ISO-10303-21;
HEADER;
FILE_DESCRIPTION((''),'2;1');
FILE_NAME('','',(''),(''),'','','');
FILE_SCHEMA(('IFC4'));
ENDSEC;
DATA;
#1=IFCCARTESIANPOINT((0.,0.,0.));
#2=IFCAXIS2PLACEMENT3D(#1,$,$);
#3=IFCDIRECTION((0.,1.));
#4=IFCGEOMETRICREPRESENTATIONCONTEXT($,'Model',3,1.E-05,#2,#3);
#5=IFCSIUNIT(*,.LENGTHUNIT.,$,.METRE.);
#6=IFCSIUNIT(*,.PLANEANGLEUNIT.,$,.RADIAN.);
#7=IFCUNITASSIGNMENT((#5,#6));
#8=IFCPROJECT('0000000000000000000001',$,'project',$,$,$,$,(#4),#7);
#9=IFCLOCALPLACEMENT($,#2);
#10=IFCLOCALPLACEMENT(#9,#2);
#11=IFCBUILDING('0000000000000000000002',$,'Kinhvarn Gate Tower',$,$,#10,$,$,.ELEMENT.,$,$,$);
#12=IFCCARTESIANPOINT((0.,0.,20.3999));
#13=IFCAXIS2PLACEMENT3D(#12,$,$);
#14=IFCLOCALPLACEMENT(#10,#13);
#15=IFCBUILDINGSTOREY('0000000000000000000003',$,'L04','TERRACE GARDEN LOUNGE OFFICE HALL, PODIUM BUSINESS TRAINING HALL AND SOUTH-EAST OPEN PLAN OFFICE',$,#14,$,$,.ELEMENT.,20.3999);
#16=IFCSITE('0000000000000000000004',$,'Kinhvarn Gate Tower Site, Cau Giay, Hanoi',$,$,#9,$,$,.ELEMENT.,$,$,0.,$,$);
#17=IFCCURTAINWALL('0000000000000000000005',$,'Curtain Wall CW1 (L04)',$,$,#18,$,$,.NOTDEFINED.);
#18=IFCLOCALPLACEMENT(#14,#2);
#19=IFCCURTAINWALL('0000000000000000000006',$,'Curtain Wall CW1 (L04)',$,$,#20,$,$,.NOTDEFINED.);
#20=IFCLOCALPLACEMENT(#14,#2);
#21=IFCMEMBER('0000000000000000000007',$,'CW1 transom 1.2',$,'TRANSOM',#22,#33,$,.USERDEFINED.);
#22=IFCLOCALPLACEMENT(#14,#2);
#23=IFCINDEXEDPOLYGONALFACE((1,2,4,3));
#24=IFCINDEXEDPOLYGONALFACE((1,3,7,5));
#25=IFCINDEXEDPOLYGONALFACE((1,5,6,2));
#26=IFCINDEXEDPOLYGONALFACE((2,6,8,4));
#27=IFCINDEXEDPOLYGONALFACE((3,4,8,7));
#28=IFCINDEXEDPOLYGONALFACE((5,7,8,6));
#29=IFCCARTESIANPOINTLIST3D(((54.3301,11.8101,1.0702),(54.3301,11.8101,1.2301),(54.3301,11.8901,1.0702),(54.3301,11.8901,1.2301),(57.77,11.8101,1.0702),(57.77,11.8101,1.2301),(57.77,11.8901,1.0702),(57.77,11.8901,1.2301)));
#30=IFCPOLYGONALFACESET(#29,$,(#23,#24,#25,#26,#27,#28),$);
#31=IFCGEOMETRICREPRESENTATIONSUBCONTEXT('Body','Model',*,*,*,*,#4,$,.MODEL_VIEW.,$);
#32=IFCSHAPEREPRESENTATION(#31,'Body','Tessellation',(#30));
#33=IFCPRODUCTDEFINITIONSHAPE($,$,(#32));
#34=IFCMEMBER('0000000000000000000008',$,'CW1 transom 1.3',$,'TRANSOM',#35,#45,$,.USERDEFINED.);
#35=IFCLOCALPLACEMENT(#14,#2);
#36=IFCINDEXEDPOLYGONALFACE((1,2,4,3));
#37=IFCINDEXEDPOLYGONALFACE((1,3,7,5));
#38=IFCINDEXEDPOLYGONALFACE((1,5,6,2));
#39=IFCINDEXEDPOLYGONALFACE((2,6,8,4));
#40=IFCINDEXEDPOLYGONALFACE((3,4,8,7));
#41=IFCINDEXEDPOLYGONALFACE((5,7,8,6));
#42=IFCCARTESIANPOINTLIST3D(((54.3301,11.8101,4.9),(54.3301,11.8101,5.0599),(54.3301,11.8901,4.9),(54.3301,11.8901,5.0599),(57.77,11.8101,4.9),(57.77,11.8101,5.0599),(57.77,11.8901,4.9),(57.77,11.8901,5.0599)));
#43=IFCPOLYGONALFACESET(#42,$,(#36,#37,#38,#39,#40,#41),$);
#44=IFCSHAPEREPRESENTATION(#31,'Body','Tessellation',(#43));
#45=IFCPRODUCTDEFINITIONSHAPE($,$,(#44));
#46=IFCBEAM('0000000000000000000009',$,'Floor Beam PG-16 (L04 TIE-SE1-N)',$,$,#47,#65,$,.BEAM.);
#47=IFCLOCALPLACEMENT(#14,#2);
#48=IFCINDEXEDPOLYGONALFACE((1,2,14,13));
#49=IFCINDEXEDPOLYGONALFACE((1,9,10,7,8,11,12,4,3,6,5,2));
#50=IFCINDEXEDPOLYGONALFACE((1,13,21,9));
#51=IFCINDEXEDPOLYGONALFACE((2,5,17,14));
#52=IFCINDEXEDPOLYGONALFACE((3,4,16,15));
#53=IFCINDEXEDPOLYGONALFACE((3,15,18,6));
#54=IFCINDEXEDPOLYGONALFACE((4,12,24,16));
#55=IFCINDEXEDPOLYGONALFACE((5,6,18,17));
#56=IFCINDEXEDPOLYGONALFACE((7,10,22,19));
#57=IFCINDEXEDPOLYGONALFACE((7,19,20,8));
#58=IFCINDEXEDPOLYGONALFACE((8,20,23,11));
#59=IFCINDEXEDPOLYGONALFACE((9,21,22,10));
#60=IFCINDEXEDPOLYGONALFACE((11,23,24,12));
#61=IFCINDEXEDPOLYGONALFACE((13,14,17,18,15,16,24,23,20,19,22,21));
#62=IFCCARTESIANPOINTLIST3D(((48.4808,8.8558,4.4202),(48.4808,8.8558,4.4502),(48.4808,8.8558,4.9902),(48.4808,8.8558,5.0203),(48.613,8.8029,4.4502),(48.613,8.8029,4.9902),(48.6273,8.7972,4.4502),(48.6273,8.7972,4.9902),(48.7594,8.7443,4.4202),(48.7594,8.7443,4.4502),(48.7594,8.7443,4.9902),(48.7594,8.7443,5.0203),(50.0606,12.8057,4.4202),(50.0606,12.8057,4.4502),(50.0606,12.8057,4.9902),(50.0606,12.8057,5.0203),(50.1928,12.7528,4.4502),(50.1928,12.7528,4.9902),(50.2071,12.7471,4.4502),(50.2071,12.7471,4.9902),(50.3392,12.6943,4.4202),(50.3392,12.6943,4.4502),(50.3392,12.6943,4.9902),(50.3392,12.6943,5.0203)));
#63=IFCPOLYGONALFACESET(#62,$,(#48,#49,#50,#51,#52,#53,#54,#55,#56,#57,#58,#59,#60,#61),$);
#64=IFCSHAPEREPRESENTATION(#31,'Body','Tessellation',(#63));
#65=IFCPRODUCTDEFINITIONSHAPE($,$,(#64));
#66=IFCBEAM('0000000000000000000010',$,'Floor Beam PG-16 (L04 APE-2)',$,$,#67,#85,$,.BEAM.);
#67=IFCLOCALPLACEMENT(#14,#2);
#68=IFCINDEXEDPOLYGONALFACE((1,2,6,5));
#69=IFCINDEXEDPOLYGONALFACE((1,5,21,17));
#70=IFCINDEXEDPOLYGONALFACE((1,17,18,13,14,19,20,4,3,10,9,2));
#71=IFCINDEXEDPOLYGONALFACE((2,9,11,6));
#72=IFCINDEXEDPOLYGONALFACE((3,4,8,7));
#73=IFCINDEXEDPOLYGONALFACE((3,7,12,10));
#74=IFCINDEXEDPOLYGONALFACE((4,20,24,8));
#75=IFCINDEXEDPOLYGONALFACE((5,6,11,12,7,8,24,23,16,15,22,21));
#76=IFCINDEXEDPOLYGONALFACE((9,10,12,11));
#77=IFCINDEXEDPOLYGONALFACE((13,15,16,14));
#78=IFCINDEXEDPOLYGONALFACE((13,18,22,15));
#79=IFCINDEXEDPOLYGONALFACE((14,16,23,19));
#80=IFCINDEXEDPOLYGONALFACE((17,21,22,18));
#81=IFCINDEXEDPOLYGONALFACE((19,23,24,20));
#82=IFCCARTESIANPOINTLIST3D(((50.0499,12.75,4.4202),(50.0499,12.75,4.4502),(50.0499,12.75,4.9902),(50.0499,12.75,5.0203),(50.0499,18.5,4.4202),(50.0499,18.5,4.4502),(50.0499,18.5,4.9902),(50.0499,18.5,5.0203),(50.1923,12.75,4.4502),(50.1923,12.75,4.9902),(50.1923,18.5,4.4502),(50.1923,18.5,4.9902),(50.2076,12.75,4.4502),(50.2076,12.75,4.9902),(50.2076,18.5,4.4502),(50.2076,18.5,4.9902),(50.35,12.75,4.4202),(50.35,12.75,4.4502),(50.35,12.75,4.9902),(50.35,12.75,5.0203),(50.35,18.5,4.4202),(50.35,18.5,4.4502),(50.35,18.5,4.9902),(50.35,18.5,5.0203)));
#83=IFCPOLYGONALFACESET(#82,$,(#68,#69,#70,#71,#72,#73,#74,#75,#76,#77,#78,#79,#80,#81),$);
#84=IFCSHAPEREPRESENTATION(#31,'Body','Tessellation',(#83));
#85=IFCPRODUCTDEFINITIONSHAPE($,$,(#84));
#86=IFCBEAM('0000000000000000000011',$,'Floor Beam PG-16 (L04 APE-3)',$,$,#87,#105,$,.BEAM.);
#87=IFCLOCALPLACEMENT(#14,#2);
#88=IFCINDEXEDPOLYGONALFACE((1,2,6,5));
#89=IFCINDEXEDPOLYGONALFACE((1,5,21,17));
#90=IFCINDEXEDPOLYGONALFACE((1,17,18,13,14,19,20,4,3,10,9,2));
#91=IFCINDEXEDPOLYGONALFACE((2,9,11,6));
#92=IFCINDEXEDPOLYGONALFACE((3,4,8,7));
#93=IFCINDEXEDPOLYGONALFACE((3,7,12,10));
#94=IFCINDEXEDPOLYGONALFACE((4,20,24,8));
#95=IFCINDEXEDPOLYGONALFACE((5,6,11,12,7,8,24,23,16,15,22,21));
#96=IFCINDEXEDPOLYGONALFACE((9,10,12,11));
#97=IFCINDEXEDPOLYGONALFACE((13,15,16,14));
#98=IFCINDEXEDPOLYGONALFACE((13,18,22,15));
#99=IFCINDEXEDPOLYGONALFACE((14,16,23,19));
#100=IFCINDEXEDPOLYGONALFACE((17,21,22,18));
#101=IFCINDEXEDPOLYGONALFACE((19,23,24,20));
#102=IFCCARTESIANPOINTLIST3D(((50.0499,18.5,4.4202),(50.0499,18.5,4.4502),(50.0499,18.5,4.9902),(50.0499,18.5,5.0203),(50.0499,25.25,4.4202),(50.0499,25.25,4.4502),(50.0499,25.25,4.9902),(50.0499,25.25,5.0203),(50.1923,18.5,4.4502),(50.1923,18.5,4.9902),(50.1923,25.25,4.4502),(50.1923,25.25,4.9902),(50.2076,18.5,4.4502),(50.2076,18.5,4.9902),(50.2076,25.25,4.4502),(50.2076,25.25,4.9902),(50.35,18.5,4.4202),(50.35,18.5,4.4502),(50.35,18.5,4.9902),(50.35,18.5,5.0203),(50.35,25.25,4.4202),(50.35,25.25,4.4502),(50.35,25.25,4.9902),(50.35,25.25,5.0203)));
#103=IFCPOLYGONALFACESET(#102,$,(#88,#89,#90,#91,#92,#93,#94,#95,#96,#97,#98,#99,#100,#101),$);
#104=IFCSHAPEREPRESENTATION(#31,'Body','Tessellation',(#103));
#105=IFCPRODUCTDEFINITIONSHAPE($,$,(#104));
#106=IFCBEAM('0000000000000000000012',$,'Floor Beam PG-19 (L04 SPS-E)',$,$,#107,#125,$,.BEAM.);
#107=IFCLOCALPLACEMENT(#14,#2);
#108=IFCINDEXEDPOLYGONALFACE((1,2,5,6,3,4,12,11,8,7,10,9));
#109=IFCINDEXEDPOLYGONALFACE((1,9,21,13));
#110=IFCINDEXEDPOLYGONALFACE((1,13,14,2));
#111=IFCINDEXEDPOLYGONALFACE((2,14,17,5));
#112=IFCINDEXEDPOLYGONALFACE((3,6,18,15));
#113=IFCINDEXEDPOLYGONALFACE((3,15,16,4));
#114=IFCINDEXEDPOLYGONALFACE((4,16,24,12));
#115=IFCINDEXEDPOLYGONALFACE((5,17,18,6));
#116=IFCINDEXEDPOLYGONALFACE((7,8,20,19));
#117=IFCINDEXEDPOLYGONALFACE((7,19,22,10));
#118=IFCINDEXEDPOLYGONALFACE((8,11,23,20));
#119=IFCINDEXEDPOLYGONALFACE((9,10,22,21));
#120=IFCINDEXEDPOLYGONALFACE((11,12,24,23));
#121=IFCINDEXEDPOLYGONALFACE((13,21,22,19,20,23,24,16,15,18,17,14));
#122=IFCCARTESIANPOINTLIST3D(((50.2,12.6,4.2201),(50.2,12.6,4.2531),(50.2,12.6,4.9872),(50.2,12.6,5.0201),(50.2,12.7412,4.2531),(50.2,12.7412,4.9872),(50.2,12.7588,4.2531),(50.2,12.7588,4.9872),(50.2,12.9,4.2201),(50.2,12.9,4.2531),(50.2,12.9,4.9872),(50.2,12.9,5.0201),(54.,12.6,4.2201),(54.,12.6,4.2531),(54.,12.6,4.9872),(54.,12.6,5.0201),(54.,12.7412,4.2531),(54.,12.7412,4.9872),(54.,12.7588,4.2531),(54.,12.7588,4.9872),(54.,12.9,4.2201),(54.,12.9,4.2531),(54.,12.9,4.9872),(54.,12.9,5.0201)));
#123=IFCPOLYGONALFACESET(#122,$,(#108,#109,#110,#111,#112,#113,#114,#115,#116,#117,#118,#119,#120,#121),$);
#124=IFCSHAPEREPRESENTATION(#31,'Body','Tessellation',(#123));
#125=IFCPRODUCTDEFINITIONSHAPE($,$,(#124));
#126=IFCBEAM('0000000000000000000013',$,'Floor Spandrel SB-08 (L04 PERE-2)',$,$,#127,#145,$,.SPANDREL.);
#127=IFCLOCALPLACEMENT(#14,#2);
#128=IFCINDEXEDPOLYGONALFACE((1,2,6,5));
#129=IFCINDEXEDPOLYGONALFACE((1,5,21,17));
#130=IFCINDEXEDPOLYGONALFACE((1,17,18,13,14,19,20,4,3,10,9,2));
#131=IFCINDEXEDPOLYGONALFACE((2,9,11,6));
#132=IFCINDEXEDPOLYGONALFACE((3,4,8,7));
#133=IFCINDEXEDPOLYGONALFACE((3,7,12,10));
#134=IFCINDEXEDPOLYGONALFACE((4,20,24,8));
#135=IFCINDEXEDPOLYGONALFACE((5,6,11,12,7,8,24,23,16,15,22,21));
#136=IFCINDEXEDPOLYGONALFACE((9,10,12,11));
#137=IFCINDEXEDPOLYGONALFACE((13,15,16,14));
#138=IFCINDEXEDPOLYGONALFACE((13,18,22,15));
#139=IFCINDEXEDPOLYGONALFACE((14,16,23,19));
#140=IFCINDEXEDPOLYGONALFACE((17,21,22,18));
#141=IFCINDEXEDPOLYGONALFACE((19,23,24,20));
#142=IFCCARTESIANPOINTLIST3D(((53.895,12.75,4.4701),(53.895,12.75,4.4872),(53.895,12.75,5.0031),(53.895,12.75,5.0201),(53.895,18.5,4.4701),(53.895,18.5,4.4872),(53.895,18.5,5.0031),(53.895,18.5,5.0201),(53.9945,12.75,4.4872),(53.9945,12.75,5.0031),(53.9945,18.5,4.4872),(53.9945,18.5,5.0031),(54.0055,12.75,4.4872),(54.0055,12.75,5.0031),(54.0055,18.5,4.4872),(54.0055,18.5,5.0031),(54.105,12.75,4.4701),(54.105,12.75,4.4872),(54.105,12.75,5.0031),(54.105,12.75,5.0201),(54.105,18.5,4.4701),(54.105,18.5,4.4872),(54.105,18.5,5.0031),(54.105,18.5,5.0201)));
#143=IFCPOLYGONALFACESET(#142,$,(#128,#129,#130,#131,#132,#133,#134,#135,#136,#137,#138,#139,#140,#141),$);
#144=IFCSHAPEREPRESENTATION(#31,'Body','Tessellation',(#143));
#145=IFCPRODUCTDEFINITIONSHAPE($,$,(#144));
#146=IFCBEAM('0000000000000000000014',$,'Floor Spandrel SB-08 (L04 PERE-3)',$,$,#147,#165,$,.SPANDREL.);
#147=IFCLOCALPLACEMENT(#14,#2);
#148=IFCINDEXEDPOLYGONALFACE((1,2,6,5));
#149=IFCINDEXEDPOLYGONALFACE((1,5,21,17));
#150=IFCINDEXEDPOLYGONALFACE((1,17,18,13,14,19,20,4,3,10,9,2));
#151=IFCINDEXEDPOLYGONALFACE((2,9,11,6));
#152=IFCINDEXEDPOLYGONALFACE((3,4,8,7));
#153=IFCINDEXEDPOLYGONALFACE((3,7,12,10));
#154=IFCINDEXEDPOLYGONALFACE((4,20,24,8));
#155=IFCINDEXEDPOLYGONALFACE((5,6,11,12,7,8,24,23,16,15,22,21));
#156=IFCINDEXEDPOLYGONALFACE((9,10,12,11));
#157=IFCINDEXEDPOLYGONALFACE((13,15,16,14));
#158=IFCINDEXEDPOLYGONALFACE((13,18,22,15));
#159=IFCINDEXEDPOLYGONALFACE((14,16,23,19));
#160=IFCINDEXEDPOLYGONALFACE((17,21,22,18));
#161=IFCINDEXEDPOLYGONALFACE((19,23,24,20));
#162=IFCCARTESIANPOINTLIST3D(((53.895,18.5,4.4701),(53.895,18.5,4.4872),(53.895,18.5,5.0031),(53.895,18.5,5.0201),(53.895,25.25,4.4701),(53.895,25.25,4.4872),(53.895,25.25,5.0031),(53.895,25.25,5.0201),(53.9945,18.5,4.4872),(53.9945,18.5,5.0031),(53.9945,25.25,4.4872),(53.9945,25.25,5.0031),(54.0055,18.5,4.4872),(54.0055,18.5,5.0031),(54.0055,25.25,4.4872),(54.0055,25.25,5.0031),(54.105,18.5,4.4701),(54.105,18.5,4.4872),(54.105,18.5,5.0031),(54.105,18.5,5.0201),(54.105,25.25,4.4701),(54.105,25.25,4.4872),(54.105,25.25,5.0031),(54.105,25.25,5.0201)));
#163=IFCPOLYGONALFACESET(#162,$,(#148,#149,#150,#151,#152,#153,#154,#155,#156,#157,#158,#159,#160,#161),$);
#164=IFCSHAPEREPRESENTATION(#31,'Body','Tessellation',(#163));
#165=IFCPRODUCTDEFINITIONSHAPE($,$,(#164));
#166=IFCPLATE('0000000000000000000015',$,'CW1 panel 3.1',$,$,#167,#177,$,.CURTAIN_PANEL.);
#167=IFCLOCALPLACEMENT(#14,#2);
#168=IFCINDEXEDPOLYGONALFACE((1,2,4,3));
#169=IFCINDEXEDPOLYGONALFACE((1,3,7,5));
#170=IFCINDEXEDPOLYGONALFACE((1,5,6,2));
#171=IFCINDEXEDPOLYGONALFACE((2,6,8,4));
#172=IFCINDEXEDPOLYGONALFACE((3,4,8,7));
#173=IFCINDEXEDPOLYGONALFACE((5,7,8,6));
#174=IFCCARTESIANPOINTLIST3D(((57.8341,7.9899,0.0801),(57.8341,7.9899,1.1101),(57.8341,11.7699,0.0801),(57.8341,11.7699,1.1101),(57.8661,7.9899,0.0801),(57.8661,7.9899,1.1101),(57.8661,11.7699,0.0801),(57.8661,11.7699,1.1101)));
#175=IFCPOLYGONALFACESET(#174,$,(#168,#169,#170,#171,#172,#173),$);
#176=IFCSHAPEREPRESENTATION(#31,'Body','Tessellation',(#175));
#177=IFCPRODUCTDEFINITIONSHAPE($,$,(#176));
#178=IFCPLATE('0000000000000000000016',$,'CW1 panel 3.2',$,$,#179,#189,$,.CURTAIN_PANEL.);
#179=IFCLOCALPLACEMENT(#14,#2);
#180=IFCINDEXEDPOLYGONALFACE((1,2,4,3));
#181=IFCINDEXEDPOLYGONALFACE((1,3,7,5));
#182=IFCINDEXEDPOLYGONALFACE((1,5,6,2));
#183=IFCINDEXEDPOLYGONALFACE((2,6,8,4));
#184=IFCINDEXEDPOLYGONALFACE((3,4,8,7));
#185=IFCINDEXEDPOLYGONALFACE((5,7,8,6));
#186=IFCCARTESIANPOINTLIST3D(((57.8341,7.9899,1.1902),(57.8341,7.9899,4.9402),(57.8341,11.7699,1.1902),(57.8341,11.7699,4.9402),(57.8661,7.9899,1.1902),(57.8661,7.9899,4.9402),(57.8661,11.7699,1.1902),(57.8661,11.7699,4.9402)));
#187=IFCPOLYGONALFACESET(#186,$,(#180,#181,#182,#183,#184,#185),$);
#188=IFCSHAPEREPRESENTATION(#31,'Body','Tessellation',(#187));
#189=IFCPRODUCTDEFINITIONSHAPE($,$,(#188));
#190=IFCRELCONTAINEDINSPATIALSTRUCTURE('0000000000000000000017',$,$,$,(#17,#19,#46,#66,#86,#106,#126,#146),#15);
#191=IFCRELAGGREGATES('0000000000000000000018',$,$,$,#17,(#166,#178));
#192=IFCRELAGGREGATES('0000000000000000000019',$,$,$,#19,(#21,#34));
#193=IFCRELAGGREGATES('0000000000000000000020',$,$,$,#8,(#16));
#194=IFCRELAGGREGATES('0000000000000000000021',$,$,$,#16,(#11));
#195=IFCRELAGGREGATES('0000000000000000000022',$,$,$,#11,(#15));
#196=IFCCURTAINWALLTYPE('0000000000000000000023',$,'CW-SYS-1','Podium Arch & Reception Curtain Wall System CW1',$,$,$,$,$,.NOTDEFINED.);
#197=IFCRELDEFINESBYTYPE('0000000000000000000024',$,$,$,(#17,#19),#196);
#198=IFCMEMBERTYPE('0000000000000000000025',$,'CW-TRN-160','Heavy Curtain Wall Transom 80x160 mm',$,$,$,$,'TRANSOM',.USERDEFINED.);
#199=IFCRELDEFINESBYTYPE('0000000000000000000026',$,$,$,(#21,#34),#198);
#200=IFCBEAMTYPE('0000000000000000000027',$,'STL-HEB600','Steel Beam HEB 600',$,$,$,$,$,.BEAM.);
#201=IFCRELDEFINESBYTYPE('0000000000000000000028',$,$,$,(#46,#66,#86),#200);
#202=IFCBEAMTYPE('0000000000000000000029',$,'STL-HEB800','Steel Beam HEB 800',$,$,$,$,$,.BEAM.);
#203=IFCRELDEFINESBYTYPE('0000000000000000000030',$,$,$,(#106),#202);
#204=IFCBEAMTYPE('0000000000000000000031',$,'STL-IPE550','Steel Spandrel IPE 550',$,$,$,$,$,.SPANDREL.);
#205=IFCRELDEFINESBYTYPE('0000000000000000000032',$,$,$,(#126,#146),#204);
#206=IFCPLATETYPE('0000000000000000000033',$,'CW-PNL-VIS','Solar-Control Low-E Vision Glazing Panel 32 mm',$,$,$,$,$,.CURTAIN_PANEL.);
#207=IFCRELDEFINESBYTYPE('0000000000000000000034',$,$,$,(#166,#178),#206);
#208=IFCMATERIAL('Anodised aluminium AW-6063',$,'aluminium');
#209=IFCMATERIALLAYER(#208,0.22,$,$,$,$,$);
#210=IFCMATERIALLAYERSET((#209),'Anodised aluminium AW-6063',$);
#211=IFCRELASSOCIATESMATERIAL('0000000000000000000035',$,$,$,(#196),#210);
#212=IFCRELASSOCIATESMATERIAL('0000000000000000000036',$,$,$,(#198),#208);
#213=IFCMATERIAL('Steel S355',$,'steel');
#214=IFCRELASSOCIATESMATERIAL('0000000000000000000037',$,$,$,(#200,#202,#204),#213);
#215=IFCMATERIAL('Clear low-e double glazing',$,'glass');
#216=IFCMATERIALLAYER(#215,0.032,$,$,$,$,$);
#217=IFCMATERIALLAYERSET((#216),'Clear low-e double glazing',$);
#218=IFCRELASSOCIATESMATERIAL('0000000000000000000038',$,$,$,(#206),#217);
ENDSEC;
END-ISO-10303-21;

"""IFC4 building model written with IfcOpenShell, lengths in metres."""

from ifc_helpers import new_model, si_unit, direction, frame, origin, origin_2d, place, context, subcontext, project, spatial, rectangle, i_section, extrude, material, layer, layer_set, material_profile, profile_set, type_object, element, aggregate, save


model = new_model("IFC4")

# Units and contexts
model_context = context("Model", 3, precision=1e-05, world=origin(), true_north=direction((0.0, 1.0)))
body_context = subcontext(model_context, "Body", "Model", "MODEL_VIEW")
ifc_project = project(units=[si_unit("LENGTHUNIT", "METRE"), si_unit("PLANEANGLEUNIT", "RADIAN")], contexts=[model_context])

# Site, building, storey
site_placement = place(None, origin())
site = spatial("IfcSite", under=ifc_project, at=site_placement, Name="Kinhvarn Gate Tower Site, Cau Giay, Hanoi", CompositionType="ELEMENT", RefElevation=0.0)
building_placement = place(site_placement, origin())
building = spatial("IfcBuilding", under=site, at=building_placement, Name="Kinhvarn Gate Tower", CompositionType="ELEMENT")
storey_placement = place(building_placement, frame((0.0, 0.0, 20.3999)))
storey = spatial("IfcBuildingStorey", under=building, at=storey_placement, Name="L04", Description="TERRACE GARDEN LOUNGE OFFICE HALL, PODIUM BUSINESS TRAINING HALL AND SOUTH-EAST OPEN PLAN OFFICE", CompositionType="ELEMENT", Elevation=20.3999)

# Curtain walls
ifc_material_1 = material(Name="Anodised aluminium AW-6063", Category="aluminium")
ifc_layer_1 = layer(ifc_material_1, 0.22)
ifc_layer_set_1 = layer_set([ifc_layer_1], Name="Anodised aluminium AW-6063")
curtain_wall_type = type_object("IfcCurtainWallType", Name="CW-SYS-1", Description="Podium Arch & Reception Curtain Wall System CW1", PredefinedType="NOTDEFINED", material=ifc_layer_set_1)
curtain_wall_1_placement = place(storey_placement, origin())
curtain_wall_1 = element("IfcCurtainWall", 1, at=curtain_wall_1_placement, inside=storey, type_object=curtain_wall_type, Name="Curtain Wall CW1 (L04)", PredefinedType="NOTDEFINED")
curtain_wall_2_placement = place(storey_placement, origin())
curtain_wall_2 = element("IfcCurtainWall", 2, at=curtain_wall_2_placement, inside=storey, type_object=curtain_wall_type, Name="Curtain Wall CW1 (L04)", PredefinedType="NOTDEFINED")

# Members
ifc_material_profile_1 = material_profile(ifc_material_1, rectangle(XDim=0.0801, YDim=0.1599, at=origin_2d()), Name="ALU 80x160")
ifc_profile_set_1 = profile_set([ifc_material_profile_1], Name="Anodised aluminium AW-6063")
member_type_1 = type_object("IfcMemberType", Name="CW-TRN-160", Description="Heavy Curtain Wall Transom 80x160 mm", ElementType="TRANSOM", PredefinedType="USERDEFINED", material=ifc_profile_set_1)
member_1_placement = place(storey_placement, frame((57.77, 11.8501, 1.1501), z_axis=(-1.0, 0.0, 0.0), x_axis=(0.0, -1.0, 0.0)))
member_1 = element("IfcMember", 3, at=member_1_placement, type_object=member_type_1, Name="CW1 transom 1.2", ObjectType="TRANSOM", PredefinedType="USERDEFINED", context=body_context, shape_type="SweptSolid", body=[
    extrude(rectangle(XDim=0.0801, YDim=0.1599, at=origin_2d()), origin(), (0.0, 0.0, 1.0), 3.4399),
])
member_2_placement = place(storey_placement, frame((57.77, 11.8501, 4.98), z_axis=(-1.0, 0.0, 0.0), x_axis=(0.0, -1.0, 0.0)))
member_2 = element("IfcMember", 4, at=member_2_placement, type_object=member_type_1, Name="CW1 transom 1.3", ObjectType="TRANSOM", PredefinedType="USERDEFINED", context=body_context, shape_type="SweptSolid", body=[
    extrude(rectangle(XDim=0.0801, YDim=0.1599, at=origin_2d()), origin(), (0.0, 0.0, 1.0), 3.4399),
])

# Beams
ifc_material_2 = material(Name="Steel S355", Category="steel")
ifc_material_profile_2 = material_profile(ifc_material_2, i_section(OverallWidth=0.3, OverallDepth=0.6001, WebThickness=0.0154, FlangeThickness=0.03, at=origin_2d()), Name="HEB 600")
ifc_profile_set_2 = profile_set([ifc_material_profile_2], Name="Steel S355")
beam_type_1 = type_object("IfcBeamType", Name="STL-HEB600", Description="Steel Beam HEB 600", PredefinedType="BEAM", material=ifc_profile_set_2)
beam_1_placement = place(storey_placement, frame((48.6201, 8.8, 4.7202), z_axis=(0.371361, 0.928489, 0.0), x_axis=(-0.928489, 0.371361, 0.0)))
element("IfcBeam", 5, at=beam_1_placement, inside=storey, type_object=beam_type_1, Name="Floor Beam PG-16 (L04 TIE-SE1-N)", PredefinedType="BEAM", context=body_context, shape_type="SweptSolid", body=[
    extrude(i_section(OverallWidth=0.3, OverallDepth=0.6001, WebThickness=0.0154, FlangeThickness=0.03, at=origin_2d()), origin(), (0.0, 0.0, 1.0), 4.2542),
])
beam_2_placement = place(storey_placement, frame((50.2, 12.75, 4.7202), z_axis=(0.0, 1.0, 0.0), x_axis=(-1.0, 0.0, 0.0)))
element("IfcBeam", 6, at=beam_2_placement, inside=storey, type_object=beam_type_1, Name="Floor Beam PG-16 (L04 APE-2)", PredefinedType="BEAM", context=body_context, shape_type="SweptSolid", body=[
    extrude(i_section(OverallWidth=0.3, OverallDepth=0.6001, WebThickness=0.0154, FlangeThickness=0.03, at=origin_2d()), origin(), (0.0, 0.0, 1.0), 5.75),
])
beam_3_placement = place(storey_placement, frame((50.2, 18.5, 4.7202), z_axis=(0.0, 1.0, 0.0), x_axis=(-1.0, 0.0, 0.0)))
element("IfcBeam", 7, at=beam_3_placement, inside=storey, type_object=beam_type_1, Name="Floor Beam PG-16 (L04 APE-3)", PredefinedType="BEAM", context=body_context, shape_type="SweptSolid", body=[
    extrude(i_section(OverallWidth=0.3, OverallDepth=0.6001, WebThickness=0.0154, FlangeThickness=0.03, at=origin_2d()), origin(), (0.0, 0.0, 1.0), 6.75),
])
ifc_material_profile_3 = material_profile(ifc_material_2, i_section(OverallWidth=0.3, OverallDepth=0.8, WebThickness=0.0176, FlangeThickness=0.033, at=origin_2d()), Name="HEB 800")
ifc_profile_set_3 = profile_set([ifc_material_profile_3], Name="Steel S355")
beam_type_2 = type_object("IfcBeamType", Name="STL-HEB800", Description="Steel Beam HEB 800", PredefinedType="BEAM", material=ifc_profile_set_3)
beam_4_placement = place(storey_placement, frame((50.2, 12.75, 4.6201), z_axis=(1.0, 0.0, 0.0), x_axis=(0.0, 1.0, 0.0)))
element("IfcBeam", 8, at=beam_4_placement, inside=storey, type_object=beam_type_2, Name="Floor Beam PG-19 (L04 SPS-E)", PredefinedType="BEAM", context=body_context, shape_type="SweptSolid", body=[
    extrude(i_section(OverallWidth=0.3, OverallDepth=0.8, WebThickness=0.0176, FlangeThickness=0.033, at=origin_2d()), origin(), (0.0, 0.0, 1.0), 3.8),
])
ifc_material_profile_4 = material_profile(ifc_material_2, i_section(OverallWidth=0.21, OverallDepth=0.55, WebThickness=0.011, FlangeThickness=0.0171, at=origin_2d()), Name="IPE 550")
ifc_profile_set_4 = profile_set([ifc_material_profile_4], Name="Steel S355")
beam_type_3 = type_object("IfcBeamType", Name="STL-IPE550", Description="Steel Spandrel IPE 550", PredefinedType="SPANDREL", material=ifc_profile_set_4)
beam_5_placement = place(storey_placement, frame((54.0, 12.75, 4.7451), z_axis=(0.0, 1.0, 0.0), x_axis=(-1.0, 0.0, 0.0)))
element("IfcBeam", 9, at=beam_5_placement, inside=storey, type_object=beam_type_3, Name="Floor Spandrel SB-08 (L04 PERE-2)", PredefinedType="SPANDREL", context=body_context, shape_type="SweptSolid", body=[
    extrude(i_section(OverallWidth=0.21, OverallDepth=0.55, WebThickness=0.011, FlangeThickness=0.0171, at=origin_2d()), origin(), (0.0, 0.0, 1.0), 5.75),
])
beam_6_placement = place(storey_placement, frame((54.0, 18.5, 4.7451), z_axis=(0.0, 1.0, 0.0), x_axis=(-1.0, 0.0, 0.0)))
element("IfcBeam", 10, at=beam_6_placement, inside=storey, type_object=beam_type_3, Name="Floor Spandrel SB-08 (L04 PERE-3)", PredefinedType="SPANDREL", context=body_context, shape_type="SweptSolid", body=[
    extrude(i_section(OverallWidth=0.21, OverallDepth=0.55, WebThickness=0.011, FlangeThickness=0.0171, at=origin_2d()), origin(), (0.0, 0.0, 1.0), 6.75),
])

# Plates
ifc_material_3 = material(Name="Clear low-e double glazing", Category="glass")
ifc_layer_2 = layer(ifc_material_3, 0.032)
ifc_layer_set_2 = layer_set([ifc_layer_2], Name="Clear low-e double glazing")
plate_type = type_object("IfcPlateType", Name="CW-PNL-VIS", Description="Solar-Control Low-E Vision Glazing Panel 32 mm", PredefinedType="CURTAIN_PANEL", material=ifc_layer_set_2)
plate_1_placement = place(storey_placement, frame((57.8501, 9.8799, 0.0801), z_axis=(0.0, 0.0, 1.0), x_axis=(0.0, 1.0, 0.0)))
plate_1 = element("IfcPlate", 11, at=plate_1_placement, type_object=plate_type, Name="CW1 panel 3.1", PredefinedType="CURTAIN_PANEL", context=body_context, shape_type="SweptSolid", body=[
    extrude(rectangle(XDim=3.78, YDim=0.032, at=origin_2d()), origin(), (0.0, 0.0, 1.0), 1.03),
])
plate_2_placement = place(storey_placement, frame((57.8501, 9.8799, 1.1902), z_axis=(0.0, 0.0, 1.0), x_axis=(0.0, 1.0, 0.0)))
plate_2 = element("IfcPlate", 12, at=plate_2_placement, type_object=plate_type, Name="CW1 panel 3.2", PredefinedType="CURTAIN_PANEL", context=body_context, shape_type="SweptSolid", body=[
    extrude(rectangle(XDim=3.78, YDim=0.032, at=origin_2d()), origin(), (0.0, 0.0, 1.0), 3.75),
])
aggregate(curtain_wall_1, [plate_1, plate_2])
aggregate(curtain_wall_2, [member_1, member_2])

save(model, "model.ifc")
